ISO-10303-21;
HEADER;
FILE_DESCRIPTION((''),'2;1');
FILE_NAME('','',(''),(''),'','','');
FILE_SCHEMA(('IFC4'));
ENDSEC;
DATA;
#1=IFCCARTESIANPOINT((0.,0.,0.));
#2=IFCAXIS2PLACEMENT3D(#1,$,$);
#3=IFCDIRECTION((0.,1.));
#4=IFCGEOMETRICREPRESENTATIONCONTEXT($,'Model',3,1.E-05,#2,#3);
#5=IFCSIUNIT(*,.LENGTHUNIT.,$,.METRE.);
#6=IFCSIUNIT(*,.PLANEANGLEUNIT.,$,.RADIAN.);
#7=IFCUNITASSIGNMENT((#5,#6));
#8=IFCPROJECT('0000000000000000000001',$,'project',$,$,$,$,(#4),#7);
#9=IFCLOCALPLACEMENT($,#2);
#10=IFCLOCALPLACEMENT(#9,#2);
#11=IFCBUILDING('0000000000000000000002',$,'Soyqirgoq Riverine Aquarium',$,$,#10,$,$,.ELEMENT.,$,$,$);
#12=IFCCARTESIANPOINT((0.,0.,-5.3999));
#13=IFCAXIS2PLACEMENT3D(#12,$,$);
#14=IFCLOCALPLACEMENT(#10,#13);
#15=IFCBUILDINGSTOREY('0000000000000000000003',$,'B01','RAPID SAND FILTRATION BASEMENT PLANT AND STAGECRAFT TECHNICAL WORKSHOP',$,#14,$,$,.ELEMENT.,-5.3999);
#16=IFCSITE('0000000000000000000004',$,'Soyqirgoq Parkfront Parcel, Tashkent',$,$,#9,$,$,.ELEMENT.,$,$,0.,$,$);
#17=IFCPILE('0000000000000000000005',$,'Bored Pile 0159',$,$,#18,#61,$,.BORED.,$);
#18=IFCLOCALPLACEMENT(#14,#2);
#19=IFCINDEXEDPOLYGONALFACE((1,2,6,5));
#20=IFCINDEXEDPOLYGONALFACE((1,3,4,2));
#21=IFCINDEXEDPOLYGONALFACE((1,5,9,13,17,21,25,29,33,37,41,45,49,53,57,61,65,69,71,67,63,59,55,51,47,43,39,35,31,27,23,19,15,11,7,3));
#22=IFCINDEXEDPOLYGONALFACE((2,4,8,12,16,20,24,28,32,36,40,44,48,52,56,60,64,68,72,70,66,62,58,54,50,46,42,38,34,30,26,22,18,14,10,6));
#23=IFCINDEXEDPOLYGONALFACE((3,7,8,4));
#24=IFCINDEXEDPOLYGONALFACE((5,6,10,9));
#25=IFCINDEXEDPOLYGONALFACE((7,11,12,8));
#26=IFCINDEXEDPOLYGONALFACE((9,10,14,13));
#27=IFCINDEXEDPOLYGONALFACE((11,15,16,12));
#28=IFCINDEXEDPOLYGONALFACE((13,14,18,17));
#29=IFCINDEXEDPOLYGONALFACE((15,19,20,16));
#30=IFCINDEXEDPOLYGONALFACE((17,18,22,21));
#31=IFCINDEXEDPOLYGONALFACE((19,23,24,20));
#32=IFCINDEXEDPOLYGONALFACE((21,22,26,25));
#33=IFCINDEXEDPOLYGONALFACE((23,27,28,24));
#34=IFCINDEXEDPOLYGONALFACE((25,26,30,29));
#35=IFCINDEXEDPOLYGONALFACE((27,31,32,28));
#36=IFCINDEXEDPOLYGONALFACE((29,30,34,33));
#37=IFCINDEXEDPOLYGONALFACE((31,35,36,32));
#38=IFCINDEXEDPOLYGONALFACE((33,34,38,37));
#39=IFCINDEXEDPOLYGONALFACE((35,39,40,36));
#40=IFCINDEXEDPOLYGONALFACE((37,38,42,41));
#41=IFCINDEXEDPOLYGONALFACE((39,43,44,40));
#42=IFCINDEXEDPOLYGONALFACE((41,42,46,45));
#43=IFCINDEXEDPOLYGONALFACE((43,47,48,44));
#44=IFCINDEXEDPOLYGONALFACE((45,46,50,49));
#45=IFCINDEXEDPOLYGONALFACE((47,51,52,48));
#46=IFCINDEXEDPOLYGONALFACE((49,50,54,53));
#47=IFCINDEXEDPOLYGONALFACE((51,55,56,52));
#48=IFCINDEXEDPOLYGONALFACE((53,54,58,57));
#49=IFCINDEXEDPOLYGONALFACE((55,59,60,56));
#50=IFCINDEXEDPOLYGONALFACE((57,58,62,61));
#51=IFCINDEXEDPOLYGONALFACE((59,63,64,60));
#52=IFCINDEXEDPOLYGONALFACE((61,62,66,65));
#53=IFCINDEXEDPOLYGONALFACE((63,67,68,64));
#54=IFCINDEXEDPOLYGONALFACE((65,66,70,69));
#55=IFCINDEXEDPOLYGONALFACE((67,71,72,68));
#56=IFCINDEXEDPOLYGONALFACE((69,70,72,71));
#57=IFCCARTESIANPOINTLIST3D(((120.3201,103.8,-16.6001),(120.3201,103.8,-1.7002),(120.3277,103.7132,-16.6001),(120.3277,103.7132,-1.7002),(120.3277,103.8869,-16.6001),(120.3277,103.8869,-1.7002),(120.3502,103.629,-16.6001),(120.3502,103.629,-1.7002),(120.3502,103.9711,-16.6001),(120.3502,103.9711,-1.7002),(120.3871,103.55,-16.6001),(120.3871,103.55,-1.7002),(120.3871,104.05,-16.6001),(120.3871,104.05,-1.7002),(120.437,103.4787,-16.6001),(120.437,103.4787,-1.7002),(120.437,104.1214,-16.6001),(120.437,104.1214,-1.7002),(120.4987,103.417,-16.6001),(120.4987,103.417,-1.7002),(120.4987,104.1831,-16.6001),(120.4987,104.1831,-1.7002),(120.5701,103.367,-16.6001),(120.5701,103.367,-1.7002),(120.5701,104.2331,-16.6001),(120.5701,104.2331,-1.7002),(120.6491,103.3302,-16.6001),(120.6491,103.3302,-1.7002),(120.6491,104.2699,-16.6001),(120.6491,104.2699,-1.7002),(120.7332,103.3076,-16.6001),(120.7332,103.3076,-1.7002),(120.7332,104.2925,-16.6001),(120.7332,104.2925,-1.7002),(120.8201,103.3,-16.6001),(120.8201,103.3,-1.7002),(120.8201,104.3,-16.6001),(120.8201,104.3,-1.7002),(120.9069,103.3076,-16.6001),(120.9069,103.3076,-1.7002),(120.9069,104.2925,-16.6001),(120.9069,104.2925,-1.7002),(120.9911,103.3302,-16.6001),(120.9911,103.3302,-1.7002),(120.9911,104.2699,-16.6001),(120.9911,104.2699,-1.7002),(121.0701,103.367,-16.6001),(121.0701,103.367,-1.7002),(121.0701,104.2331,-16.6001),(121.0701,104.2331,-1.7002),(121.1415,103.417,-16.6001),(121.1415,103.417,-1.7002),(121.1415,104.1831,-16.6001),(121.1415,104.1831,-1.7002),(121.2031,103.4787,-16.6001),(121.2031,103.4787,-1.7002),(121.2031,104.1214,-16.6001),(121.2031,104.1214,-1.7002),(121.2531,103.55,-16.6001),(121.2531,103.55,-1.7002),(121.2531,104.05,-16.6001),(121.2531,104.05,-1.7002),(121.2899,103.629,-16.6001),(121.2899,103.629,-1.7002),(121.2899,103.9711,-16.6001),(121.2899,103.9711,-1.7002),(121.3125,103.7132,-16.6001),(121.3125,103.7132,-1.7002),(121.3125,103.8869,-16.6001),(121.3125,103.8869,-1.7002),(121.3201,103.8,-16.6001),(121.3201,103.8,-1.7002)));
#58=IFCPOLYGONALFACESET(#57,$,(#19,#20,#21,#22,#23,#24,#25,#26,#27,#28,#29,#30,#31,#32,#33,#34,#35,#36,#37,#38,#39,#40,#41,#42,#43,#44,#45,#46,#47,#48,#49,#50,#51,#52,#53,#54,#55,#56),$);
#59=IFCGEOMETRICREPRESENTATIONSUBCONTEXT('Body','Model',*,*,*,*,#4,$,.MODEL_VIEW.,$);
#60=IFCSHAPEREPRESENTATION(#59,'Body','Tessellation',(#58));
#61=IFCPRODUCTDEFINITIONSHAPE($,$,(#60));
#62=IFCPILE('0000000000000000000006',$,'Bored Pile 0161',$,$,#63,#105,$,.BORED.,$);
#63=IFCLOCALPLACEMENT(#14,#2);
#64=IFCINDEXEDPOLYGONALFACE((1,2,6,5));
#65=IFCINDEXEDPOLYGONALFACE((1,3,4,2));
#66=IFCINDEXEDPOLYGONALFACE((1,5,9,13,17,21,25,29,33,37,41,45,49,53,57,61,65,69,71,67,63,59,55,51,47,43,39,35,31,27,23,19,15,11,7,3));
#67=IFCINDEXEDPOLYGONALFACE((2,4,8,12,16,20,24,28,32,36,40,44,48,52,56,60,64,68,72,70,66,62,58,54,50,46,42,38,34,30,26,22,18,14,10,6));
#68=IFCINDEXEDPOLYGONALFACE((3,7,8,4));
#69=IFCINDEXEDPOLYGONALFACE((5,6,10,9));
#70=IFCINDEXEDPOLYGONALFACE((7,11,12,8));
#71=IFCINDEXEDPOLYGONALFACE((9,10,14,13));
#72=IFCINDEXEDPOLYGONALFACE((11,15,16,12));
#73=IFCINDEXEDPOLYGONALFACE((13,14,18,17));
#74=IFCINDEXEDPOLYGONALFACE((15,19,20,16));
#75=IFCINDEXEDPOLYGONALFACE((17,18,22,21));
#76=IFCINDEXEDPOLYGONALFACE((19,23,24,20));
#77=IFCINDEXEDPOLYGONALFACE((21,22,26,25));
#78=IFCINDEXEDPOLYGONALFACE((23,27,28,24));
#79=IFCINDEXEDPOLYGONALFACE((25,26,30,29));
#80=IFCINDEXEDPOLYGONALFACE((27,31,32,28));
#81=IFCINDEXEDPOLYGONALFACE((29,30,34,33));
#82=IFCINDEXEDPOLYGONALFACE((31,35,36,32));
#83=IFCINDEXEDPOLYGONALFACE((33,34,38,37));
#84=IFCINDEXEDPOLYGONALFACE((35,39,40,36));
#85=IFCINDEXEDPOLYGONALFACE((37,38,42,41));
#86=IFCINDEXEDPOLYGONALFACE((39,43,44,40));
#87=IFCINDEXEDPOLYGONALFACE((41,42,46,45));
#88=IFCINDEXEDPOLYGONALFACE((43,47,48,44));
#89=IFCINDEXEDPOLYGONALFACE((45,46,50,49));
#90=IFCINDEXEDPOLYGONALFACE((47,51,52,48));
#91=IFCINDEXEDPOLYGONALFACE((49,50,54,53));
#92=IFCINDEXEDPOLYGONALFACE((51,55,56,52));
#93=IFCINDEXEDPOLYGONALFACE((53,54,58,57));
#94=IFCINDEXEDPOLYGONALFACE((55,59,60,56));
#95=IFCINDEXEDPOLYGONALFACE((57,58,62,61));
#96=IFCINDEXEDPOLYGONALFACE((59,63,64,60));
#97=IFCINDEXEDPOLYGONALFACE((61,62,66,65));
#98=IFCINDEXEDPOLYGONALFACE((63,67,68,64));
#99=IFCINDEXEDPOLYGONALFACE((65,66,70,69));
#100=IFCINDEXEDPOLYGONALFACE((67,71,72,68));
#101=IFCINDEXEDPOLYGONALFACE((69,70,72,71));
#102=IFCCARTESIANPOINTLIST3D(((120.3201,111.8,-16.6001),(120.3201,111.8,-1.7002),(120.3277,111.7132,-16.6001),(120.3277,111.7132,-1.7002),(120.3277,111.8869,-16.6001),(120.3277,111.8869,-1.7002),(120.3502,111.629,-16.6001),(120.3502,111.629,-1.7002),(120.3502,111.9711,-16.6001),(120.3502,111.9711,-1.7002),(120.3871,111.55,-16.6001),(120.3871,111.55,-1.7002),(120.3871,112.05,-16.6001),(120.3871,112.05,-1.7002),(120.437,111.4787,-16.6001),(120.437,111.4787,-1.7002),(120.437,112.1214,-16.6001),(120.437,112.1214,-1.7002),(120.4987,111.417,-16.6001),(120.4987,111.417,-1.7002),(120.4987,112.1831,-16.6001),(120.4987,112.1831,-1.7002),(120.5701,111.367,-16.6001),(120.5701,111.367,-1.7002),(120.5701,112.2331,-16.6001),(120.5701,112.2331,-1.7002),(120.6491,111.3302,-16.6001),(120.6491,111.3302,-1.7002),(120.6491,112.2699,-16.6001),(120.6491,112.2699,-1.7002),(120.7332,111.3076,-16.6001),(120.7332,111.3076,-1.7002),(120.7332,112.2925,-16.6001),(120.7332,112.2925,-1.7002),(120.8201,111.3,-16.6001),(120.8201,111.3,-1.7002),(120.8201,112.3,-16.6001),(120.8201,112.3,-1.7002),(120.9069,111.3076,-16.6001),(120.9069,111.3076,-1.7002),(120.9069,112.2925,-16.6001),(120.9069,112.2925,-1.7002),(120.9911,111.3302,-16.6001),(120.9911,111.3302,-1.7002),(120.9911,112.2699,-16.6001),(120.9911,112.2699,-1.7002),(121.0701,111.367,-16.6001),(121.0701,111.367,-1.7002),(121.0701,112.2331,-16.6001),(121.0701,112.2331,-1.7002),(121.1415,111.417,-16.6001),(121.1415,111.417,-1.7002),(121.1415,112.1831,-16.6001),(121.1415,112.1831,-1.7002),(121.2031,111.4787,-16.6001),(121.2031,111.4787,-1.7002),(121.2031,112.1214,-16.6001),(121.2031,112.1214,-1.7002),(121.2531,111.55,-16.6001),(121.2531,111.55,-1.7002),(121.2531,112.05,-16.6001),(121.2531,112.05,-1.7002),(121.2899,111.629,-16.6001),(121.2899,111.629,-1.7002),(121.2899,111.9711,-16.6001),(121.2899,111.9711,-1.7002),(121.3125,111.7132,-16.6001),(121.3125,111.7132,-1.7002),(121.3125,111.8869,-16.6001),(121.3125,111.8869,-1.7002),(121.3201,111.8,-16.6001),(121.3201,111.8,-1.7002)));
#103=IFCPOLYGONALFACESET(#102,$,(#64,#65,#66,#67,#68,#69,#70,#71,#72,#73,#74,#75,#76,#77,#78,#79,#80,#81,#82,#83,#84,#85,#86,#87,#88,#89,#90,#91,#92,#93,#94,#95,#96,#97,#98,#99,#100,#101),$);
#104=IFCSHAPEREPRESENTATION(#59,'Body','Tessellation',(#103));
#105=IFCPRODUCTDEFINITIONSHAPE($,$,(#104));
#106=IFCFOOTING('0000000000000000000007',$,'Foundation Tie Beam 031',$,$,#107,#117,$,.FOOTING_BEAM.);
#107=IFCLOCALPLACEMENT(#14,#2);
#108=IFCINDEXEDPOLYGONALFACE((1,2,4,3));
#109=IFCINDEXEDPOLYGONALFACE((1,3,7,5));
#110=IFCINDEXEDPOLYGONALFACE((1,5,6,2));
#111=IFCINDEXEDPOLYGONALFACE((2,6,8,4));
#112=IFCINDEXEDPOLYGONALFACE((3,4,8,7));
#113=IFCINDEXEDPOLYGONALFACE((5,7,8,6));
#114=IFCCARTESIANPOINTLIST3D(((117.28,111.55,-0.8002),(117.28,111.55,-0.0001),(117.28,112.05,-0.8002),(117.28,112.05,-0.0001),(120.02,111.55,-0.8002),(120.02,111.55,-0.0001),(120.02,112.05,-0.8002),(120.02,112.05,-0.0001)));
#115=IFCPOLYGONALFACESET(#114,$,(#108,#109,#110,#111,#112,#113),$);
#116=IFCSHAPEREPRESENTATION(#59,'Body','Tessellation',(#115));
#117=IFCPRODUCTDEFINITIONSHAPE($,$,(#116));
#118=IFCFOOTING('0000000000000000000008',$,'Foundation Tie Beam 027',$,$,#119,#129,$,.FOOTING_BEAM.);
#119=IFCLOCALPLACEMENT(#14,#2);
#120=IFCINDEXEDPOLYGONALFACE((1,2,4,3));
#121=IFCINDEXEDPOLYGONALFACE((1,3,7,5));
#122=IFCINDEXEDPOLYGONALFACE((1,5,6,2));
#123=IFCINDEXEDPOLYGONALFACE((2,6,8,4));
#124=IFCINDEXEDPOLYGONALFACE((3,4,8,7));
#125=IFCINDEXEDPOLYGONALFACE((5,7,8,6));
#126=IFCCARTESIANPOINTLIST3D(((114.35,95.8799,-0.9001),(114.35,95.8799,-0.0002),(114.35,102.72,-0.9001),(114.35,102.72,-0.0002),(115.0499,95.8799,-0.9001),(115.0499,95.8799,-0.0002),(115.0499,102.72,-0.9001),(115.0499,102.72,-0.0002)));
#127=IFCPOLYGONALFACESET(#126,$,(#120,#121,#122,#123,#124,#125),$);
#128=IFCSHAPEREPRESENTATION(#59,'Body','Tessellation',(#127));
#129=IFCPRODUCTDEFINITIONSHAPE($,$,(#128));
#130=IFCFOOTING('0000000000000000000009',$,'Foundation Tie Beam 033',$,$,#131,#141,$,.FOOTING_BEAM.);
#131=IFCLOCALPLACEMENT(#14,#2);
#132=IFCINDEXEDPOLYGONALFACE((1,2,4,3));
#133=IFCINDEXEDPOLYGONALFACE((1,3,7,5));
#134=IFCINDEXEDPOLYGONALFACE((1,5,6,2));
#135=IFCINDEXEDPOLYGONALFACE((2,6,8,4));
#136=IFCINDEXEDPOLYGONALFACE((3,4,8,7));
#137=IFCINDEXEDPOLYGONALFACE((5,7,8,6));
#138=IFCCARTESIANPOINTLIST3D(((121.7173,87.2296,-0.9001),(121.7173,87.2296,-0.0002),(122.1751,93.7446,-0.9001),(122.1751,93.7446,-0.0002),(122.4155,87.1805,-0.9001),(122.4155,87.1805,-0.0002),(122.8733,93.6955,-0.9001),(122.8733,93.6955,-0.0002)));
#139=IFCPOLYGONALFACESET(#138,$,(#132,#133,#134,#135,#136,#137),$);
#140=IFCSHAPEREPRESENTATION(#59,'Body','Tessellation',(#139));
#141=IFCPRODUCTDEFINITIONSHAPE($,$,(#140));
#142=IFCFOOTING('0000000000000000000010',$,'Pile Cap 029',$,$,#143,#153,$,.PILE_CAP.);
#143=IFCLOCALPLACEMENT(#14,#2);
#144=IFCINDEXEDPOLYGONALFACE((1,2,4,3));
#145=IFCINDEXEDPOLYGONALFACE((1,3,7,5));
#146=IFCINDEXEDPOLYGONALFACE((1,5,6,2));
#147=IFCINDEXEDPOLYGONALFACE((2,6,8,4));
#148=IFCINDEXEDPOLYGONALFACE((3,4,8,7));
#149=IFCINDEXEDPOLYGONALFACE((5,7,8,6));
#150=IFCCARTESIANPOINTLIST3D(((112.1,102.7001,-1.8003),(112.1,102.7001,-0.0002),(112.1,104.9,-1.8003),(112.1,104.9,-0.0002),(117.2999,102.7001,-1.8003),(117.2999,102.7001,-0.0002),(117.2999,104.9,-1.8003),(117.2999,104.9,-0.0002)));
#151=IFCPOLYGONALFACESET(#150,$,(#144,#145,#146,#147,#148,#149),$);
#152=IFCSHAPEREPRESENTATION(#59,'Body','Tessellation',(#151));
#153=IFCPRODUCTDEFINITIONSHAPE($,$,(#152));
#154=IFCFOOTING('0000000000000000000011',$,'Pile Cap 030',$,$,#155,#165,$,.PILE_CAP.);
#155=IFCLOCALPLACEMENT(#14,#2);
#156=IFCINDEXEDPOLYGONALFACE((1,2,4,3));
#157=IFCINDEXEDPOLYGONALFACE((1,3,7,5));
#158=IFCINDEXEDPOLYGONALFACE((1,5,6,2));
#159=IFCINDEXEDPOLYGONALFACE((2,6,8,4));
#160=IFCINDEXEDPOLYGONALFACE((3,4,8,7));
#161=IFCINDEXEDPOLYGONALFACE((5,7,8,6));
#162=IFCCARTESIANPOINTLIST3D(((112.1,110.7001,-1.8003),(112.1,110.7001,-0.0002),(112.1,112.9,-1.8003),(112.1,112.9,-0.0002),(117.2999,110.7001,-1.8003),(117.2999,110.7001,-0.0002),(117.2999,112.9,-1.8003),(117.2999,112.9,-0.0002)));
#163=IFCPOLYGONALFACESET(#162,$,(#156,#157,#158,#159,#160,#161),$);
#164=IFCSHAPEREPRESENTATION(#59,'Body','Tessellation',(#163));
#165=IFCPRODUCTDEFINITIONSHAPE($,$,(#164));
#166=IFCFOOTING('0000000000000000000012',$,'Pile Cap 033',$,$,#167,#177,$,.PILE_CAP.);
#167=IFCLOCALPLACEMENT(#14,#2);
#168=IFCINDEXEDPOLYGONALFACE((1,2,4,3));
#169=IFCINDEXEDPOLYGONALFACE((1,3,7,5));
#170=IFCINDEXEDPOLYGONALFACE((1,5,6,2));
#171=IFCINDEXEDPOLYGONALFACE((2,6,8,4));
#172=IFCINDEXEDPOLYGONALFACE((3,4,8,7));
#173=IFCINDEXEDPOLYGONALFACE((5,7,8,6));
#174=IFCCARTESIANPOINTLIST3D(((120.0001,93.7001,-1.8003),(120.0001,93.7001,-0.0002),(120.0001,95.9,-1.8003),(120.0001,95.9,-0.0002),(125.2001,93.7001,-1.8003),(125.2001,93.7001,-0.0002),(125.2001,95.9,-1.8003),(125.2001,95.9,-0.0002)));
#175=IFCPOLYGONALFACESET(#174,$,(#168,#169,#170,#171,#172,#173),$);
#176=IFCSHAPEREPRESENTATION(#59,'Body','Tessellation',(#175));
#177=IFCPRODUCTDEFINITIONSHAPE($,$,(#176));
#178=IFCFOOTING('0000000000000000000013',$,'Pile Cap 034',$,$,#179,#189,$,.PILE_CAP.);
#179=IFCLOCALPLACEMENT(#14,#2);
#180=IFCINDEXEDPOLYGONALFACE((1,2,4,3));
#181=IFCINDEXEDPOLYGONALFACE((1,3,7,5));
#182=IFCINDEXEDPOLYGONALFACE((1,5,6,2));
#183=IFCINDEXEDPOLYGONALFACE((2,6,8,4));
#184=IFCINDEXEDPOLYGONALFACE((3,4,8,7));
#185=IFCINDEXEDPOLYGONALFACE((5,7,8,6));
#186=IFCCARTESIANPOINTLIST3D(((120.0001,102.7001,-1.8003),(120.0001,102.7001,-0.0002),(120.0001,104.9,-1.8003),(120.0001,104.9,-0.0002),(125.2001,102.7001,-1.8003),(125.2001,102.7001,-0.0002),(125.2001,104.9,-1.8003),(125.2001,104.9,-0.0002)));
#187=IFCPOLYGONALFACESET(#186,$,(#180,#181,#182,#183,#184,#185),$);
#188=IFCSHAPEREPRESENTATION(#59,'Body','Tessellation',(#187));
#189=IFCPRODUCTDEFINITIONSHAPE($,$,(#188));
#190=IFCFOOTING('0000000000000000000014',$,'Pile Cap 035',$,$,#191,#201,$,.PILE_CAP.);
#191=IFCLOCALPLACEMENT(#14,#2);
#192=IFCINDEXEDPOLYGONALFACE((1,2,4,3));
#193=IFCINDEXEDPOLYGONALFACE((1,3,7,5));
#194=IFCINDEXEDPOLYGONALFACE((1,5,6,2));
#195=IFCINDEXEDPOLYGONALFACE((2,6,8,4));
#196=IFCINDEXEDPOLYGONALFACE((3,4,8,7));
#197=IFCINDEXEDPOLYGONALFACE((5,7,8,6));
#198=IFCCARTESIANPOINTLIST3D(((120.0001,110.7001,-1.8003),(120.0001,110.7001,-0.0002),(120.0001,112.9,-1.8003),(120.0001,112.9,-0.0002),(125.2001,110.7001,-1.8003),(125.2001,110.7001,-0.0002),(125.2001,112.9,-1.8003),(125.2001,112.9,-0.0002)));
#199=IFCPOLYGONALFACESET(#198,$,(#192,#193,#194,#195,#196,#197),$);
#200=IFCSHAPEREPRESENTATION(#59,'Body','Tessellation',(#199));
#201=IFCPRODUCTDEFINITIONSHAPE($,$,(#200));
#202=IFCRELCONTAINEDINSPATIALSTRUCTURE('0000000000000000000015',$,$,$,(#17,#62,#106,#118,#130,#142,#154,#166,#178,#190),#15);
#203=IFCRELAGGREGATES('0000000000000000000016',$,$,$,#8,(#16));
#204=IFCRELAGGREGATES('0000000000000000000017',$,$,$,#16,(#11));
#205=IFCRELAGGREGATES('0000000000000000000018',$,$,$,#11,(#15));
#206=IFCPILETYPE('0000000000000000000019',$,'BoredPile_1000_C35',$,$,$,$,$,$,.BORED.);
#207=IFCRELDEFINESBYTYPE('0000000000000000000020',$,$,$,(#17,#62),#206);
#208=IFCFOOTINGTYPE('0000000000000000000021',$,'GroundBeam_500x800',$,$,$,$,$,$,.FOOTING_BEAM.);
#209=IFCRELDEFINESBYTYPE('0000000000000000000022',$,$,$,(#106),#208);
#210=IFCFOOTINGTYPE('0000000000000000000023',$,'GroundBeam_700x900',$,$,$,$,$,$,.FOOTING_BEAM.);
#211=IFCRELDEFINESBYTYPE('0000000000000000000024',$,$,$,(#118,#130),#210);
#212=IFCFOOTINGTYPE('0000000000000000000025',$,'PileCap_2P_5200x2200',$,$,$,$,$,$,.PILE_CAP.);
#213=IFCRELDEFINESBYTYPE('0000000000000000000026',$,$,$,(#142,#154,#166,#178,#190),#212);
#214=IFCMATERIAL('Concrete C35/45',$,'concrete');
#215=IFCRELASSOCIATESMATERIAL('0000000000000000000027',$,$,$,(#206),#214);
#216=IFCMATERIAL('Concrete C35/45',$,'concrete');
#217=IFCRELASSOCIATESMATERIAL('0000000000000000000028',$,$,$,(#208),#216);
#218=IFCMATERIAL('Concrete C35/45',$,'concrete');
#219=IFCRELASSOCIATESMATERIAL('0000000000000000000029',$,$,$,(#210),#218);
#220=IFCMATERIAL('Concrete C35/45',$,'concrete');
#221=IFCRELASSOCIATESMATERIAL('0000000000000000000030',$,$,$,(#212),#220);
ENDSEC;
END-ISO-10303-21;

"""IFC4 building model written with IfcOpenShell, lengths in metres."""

from ifc_helpers import new_model, si_unit, direction, frame, origin, origin_2d, place, context, subcontext, project, spatial, rectangle, circle, extrude, material, material_profile, profile_set, type_object, element, save


model = new_model("IFC4")

# Units and contexts
model_context = context("Model", 3, precision=1e-05, world=origin(), true_north=direction((0.0, 1.0)))
body_context = subcontext(model_context, "Body", "Model", "MODEL_VIEW")
ifc_project = project(units=[si_unit("LENGTHUNIT", "METRE"), si_unit("PLANEANGLEUNIT", "RADIAN")], contexts=[model_context])

# Site, building, storey
site_placement = place(None, origin())
site = spatial("IfcSite", under=ifc_project, at=site_placement, Name="Soyqirgoq Parkfront Parcel, Tashkent", CompositionType="ELEMENT", RefElevation=0.0)
building_placement = place(site_placement, origin())
building = spatial("IfcBuilding", under=site, at=building_placement, Name="Soyqirgoq Riverine Aquarium", CompositionType="ELEMENT")
storey_placement = place(building_placement, frame((0.0, 0.0, -5.3999)))
storey = spatial("IfcBuildingStorey", under=building, at=storey_placement, Name="B01", Description="RAPID SAND FILTRATION BASEMENT PLANT AND STAGECRAFT TECHNICAL WORKSHOP", CompositionType="ELEMENT", Elevation=-5.3999)

# Piles
ifc_material_1 = material(Name="Concrete C35/45", Category="concrete")
ifc_material_profile_1 = material_profile(ifc_material_1, circle(Radius=0.5, at=origin_2d()), Name="BP D1000")
ifc_profile_set_1 = profile_set([ifc_material_profile_1], Name="Concrete C35/45")
pile_type = type_object("IfcPileType", Name="BoredPile_1000_C35", PredefinedType="BORED", material=ifc_profile_set_1)
for number, where, z_axis, x_axis, name in (
    (1, (120.8201, 103.8, -1.7002), (0.0, 0.0, -1.0), (1.0, 0.0, 0.0), "Bored Pile 0159"),
    (2, (120.8201, 111.8, -1.7002), (0.0, 0.0, -1.0), (1.0, 0.0, 0.0), "Bored Pile 0161"),
):
    element("IfcPile", number, at=place(storey_placement, frame(where, z_axis=z_axis, x_axis=x_axis)), inside=storey, type_object=pile_type, Name=name, PredefinedType="BORED", context=body_context, shape_type="SweptSolid", body=[
        extrude(circle(Radius=0.5, at=origin_2d()), origin(), (0.0, 0.0, 1.0), 14.8999),
    ])

# Footings
ifc_material_2 = material(Name="Concrete C35/45", Category="concrete")
ifc_material_profile_2 = material_profile(ifc_material_2, rectangle(XDim=0.5, YDim=0.8, at=origin_2d()), Name="RC 500x800")
ifc_profile_set_2 = profile_set([ifc_material_profile_2], Name="Concrete C35/45")
footing_type_1 = type_object("IfcFootingType", Name="GroundBeam_500x800", PredefinedType="FOOTING_BEAM", material=ifc_profile_set_2)
footing_1_placement = place(storey_placement, frame((117.28, 111.8, -0.4001), z_axis=(1.0, 0.0, 0.0), x_axis=(0.0, 1.0, 0.0)))
element("IfcFooting", 3, at=footing_1_placement, inside=storey, type_object=footing_type_1, Name="Foundation Tie Beam 031", PredefinedType="FOOTING_BEAM", context=body_context, shape_type="SweptSolid", body=[
    extrude(rectangle(XDim=0.5, YDim=0.8, at=origin_2d()), origin(), (0.0, 0.0, 1.0), 2.74),
])
ifc_material_3 = material(Name="Concrete C35/45", Category="concrete")
ifc_material_profile_3 = material_profile(ifc_material_3, rectangle(XDim=0.7, YDim=0.8999, at=origin_2d()), Name="RC 700x900")
ifc_profile_set_3 = profile_set([ifc_material_profile_3], Name="Concrete C35/45")
footing_type_2 = type_object("IfcFootingType", Name="GroundBeam_700x900", PredefinedType="FOOTING_BEAM", material=ifc_profile_set_3)
footing_2_placement = place(storey_placement, frame((114.7, 95.8799, -0.4502), z_axis=(0.0, 1.0, 0.0), x_axis=(-1.0, 0.0, 0.0)))
element("IfcFooting", 4, at=footing_2_placement, inside=storey, type_object=footing_type_2, Name="Foundation Tie Beam 027", PredefinedType="FOOTING_BEAM", context=body_context, shape_type="SweptSolid", body=[
    extrude(rectangle(XDim=0.7, YDim=0.8999, at=origin_2d()), origin(), (0.0, 0.0, 1.0), 6.8401),
])
footing_3_placement = place(storey_placement, frame((122.0664, 87.2051, -0.4502), z_axis=(0.070091, 0.997541, 0.0), x_axis=(-0.997541, 0.070091, 0.0)))
element("IfcFooting", 5, at=footing_3_placement, inside=storey, type_object=footing_type_2, Name="Foundation Tie Beam 033", PredefinedType="FOOTING_BEAM", context=body_context, shape_type="SweptSolid", body=[
    extrude(rectangle(XDim=0.7, YDim=0.8999, at=origin_2d()), origin(), (0.0, 0.0, 1.0), 6.531),
])
ifc_material_4 = material(Name="Concrete C35/45", Category="concrete")
footing_type_3 = type_object("IfcFootingType", Name="PileCap_2P_5200x2200", PredefinedType="PILE_CAP", material=ifc_material_4)
for number, where, z_axis, x_axis, name in (
    (6, (114.7, 103.8, -1.8003), (0.0, 0.0, 1.0), (1.0, 0.0, 0.0), "Pile Cap 029"),
    (7, (114.7, 111.8, -1.8003), (0.0, 0.0, 1.0), (1.0, 0.0, 0.0), "Pile Cap 030"),
    (8, (122.6001, 94.8, -1.8003), (0.0, 0.0, 1.0), (1.0, 0.0, 0.0), "Pile Cap 033"),
    (9, (122.6001, 103.8, -1.8003), (0.0, 0.0, 1.0), (1.0, 0.0, 0.0), "Pile Cap 034"),
    (10, (122.6001, 111.8, -1.8003), (0.0, 0.0, 1.0), (1.0, 0.0, 0.0), "Pile Cap 035"),
):
    element("IfcFooting", number, at=place(storey_placement, frame(where, z_axis=z_axis, x_axis=x_axis)), inside=storey, type_object=footing_type_3, Name=name, PredefinedType="PILE_CAP", context=body_context, shape_type="SweptSolid", body=[
        extrude(rectangle(XDim=5.2, YDim=2.2, at=origin_2d()), origin(), (0.0, 0.0, 1.0), 1.8),
    ])

save(model, "model.ifc")
